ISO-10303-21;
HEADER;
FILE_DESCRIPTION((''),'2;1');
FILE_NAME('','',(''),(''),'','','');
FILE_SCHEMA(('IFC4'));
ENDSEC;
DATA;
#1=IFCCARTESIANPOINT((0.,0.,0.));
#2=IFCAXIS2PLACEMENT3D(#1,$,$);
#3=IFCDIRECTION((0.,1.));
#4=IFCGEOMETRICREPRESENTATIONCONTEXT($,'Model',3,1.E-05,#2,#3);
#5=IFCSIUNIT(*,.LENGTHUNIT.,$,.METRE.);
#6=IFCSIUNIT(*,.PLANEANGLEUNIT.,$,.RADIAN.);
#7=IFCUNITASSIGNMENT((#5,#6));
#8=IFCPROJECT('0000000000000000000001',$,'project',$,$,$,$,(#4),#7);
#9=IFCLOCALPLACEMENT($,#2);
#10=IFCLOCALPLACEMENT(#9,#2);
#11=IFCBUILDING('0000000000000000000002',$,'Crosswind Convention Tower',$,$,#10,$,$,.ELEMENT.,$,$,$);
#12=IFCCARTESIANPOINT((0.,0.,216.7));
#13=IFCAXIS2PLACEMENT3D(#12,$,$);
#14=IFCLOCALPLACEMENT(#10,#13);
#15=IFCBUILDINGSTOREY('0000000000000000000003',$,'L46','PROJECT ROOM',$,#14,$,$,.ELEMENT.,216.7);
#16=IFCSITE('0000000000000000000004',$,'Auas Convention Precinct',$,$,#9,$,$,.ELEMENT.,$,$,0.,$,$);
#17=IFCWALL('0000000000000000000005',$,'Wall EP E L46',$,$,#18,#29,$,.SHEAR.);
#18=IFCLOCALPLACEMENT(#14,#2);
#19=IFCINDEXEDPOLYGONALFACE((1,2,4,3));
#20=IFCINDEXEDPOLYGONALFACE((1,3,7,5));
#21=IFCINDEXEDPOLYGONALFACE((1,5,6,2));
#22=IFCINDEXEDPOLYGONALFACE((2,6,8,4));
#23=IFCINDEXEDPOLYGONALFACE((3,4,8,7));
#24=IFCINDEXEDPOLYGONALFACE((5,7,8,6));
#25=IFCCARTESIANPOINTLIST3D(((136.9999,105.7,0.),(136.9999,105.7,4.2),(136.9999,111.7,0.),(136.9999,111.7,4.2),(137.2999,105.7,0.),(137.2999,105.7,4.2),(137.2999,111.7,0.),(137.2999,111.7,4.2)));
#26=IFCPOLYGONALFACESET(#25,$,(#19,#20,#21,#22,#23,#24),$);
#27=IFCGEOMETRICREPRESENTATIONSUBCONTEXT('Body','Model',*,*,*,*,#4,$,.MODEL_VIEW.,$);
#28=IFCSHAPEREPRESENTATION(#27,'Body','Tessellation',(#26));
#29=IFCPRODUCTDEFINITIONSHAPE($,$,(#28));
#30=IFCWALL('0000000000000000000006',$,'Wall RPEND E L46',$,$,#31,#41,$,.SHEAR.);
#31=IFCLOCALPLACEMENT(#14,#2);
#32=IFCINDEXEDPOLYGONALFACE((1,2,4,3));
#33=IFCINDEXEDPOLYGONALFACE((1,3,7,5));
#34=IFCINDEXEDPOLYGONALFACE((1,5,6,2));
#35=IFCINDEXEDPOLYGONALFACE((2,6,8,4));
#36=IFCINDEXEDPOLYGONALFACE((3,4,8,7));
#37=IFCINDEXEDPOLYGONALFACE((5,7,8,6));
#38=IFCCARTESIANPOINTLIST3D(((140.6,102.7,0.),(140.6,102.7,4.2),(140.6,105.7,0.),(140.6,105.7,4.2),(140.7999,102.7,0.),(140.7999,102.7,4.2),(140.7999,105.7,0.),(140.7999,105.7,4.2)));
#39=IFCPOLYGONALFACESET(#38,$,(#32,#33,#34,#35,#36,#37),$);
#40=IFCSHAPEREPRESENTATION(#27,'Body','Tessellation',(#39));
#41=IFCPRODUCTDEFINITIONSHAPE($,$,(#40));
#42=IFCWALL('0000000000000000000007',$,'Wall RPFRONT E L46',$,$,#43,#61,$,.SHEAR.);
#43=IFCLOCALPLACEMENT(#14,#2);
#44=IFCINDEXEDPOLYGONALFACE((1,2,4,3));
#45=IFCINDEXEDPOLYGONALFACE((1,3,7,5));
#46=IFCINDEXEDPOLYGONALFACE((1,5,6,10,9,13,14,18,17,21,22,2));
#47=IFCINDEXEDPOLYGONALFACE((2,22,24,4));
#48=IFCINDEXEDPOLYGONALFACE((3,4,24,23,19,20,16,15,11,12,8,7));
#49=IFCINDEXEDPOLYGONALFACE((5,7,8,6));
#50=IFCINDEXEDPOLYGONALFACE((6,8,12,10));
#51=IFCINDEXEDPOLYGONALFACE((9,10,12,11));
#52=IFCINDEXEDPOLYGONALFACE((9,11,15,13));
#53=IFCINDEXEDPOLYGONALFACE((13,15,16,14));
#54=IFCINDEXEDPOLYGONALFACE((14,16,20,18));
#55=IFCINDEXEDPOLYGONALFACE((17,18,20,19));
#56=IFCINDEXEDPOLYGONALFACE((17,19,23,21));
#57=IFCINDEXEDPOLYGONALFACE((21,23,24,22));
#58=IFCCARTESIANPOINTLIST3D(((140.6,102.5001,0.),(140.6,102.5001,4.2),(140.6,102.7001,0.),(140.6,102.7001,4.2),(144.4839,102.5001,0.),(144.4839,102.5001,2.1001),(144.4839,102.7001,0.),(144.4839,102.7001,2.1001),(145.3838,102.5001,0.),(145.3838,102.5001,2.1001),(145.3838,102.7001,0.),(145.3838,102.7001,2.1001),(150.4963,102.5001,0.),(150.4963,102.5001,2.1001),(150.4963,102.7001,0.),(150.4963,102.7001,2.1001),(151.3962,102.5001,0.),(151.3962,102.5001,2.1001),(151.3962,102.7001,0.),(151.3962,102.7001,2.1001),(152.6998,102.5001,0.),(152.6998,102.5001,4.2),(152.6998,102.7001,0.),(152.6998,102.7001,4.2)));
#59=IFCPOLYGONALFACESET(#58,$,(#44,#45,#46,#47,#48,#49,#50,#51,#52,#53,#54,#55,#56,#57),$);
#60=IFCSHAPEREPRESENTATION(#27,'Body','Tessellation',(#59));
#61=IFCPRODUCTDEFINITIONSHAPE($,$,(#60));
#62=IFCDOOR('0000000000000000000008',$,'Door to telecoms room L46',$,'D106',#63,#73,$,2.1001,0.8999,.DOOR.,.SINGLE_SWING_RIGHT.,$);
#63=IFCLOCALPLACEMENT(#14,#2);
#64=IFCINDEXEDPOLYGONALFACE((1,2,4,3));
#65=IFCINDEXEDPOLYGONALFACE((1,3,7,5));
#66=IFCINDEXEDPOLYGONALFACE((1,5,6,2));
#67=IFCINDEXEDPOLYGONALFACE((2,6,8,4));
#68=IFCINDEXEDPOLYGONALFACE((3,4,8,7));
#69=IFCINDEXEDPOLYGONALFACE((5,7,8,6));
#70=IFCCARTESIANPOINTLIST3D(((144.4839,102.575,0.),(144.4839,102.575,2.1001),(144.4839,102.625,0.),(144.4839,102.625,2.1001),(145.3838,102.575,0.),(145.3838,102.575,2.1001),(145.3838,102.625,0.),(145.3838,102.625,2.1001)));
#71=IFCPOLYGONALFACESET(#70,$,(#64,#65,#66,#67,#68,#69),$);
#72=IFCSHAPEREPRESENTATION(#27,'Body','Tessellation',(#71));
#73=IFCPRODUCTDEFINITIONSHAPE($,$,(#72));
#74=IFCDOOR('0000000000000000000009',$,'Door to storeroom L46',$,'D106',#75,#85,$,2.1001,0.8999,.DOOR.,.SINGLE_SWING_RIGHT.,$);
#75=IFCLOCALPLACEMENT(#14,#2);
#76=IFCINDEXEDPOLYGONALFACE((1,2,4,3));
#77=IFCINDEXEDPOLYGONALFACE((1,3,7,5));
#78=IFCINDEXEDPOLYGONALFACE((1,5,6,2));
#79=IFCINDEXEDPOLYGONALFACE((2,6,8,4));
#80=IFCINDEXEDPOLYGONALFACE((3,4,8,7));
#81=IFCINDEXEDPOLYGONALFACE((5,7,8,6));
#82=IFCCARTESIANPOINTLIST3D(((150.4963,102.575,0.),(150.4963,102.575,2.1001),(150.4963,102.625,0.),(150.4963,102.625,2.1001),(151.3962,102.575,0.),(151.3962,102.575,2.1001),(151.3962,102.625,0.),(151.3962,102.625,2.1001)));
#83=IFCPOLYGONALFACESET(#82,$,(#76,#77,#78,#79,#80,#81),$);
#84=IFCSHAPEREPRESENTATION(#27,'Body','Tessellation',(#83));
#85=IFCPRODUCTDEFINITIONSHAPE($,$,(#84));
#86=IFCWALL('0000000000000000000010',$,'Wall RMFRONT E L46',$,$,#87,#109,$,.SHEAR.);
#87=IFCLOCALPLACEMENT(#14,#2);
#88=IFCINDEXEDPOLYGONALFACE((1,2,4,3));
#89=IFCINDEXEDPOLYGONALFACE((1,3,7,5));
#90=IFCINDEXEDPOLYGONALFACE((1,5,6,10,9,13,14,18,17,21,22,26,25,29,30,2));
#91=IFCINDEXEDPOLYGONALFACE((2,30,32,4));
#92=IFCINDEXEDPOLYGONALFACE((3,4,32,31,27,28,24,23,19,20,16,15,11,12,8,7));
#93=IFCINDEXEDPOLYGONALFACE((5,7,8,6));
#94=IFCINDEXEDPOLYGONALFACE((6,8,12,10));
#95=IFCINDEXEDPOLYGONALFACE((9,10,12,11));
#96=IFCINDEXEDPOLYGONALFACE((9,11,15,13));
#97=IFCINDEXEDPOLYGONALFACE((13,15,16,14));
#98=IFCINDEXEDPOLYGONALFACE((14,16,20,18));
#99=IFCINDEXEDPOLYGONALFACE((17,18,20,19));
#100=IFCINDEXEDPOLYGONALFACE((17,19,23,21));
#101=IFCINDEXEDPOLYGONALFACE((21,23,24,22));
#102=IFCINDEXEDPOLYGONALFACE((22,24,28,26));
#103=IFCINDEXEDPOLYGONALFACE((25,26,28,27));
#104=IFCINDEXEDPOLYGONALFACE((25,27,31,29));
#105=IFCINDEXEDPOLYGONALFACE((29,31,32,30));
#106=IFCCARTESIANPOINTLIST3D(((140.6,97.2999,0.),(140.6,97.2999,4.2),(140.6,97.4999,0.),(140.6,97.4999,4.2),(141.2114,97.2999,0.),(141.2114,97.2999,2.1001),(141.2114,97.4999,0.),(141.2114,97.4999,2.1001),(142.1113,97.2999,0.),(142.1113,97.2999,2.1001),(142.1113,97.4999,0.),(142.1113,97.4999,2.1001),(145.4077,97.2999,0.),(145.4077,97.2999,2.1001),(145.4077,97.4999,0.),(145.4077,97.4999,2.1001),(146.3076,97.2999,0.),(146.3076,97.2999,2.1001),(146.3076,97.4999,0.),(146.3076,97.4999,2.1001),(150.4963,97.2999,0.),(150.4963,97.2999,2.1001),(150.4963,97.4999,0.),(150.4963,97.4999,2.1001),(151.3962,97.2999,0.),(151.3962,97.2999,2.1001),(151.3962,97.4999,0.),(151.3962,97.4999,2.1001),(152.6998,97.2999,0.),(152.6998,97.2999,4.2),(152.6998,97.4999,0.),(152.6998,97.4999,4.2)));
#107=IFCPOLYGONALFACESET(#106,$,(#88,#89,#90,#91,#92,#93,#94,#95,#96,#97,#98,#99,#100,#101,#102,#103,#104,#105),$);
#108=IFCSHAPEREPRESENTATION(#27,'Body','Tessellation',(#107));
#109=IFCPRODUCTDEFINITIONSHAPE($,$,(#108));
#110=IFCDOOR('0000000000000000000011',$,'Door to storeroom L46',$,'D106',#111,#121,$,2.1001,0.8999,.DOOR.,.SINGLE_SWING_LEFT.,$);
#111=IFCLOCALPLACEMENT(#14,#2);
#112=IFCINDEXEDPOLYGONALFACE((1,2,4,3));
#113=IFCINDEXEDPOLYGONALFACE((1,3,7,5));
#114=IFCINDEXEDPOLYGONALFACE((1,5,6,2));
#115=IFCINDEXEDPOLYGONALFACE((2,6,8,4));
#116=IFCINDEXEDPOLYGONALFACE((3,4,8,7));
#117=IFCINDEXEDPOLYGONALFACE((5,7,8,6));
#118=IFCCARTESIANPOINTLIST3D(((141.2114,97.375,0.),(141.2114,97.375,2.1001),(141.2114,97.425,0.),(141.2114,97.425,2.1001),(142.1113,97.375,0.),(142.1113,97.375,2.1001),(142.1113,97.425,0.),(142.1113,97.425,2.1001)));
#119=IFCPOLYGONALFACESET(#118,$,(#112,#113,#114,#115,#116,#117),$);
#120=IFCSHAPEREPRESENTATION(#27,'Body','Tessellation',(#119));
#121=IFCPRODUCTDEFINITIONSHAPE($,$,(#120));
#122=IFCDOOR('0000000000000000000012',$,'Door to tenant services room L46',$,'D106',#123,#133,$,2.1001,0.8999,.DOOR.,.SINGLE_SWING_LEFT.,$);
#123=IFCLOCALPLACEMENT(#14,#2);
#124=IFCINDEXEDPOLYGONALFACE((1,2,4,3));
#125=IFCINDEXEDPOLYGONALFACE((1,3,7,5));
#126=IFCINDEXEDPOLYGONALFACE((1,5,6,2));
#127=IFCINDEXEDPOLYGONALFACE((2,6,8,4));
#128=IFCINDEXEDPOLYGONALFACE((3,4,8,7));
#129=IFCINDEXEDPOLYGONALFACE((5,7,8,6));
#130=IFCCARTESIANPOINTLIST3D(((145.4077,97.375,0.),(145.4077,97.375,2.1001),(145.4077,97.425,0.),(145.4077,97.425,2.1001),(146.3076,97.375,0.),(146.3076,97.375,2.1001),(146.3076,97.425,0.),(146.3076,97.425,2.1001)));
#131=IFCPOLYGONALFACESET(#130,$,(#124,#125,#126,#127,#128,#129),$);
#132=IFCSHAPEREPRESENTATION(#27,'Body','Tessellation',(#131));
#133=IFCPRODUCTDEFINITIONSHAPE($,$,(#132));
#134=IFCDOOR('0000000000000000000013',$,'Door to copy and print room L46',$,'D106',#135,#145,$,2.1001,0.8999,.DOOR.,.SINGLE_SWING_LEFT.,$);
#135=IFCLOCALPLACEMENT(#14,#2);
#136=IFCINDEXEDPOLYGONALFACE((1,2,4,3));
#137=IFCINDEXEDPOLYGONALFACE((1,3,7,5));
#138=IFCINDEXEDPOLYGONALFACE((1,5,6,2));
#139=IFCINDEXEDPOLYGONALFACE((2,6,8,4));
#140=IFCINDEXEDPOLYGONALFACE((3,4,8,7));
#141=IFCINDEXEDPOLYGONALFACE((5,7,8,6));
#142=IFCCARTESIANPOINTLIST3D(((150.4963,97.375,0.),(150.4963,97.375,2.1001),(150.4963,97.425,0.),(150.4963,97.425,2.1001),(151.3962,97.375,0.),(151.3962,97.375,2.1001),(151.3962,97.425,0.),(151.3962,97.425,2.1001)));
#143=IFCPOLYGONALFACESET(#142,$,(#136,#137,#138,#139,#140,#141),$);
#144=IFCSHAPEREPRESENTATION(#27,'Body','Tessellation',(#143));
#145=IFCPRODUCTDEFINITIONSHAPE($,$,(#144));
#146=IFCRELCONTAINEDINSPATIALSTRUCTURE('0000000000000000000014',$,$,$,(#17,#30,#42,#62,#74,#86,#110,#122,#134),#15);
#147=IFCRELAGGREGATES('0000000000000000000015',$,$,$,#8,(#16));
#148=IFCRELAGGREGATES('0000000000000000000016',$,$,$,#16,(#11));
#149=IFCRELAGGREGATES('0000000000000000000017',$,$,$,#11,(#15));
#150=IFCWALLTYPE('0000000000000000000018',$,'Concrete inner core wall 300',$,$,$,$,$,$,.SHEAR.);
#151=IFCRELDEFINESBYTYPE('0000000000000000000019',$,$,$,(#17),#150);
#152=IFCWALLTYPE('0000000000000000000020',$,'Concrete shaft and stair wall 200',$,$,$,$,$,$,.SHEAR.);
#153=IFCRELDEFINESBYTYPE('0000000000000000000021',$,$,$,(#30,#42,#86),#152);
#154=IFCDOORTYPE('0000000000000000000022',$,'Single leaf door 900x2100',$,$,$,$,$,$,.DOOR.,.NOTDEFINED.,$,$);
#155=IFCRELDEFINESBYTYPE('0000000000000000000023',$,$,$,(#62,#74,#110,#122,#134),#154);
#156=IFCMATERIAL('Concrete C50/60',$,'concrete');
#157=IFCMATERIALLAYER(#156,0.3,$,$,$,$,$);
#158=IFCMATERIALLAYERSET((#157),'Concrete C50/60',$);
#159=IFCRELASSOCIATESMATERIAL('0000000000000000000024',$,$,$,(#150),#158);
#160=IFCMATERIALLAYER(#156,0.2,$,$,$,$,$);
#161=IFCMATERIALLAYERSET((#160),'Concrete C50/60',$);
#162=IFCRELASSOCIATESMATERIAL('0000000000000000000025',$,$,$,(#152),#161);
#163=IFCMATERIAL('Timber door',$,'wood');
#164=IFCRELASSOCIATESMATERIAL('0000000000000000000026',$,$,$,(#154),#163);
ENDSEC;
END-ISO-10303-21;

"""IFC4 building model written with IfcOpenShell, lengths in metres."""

from ifc_helpers import new_model, si_unit, direction, frame, frame_2d, origin, place, context, subcontext, project, spatial, rectangle, extrude, material, layer, layer_set, type_object, element, fill, save


model = new_model("IFC4")

# Units and contexts
model_context = context("Model", 3, precision=1e-05, world=origin(), true_north=direction((0.0, 1.0)))
body_context = subcontext(model_context, "Body", "Model", "MODEL_VIEW")
ifc_project = project(units=[si_unit("LENGTHUNIT", "METRE"), si_unit("PLANEANGLEUNIT", "RADIAN")], contexts=[model_context])

# Site, building, storey
site_placement = place(None, origin())
site = spatial("IfcSite", under=ifc_project, at=site_placement, Name="Auas Convention Precinct", CompositionType="ELEMENT", RefElevation=0.0)
building_placement = place(site_placement, origin())
building = spatial("IfcBuilding", under=site, at=building_placement, Name="Crosswind Convention Tower", CompositionType="ELEMENT")
storey_placement = place(building_placement, frame((0.0, 0.0, 216.7)))
storey = spatial("IfcBuildingStorey", under=building, at=storey_placement, Name="L46", Description="PROJECT ROOM", CompositionType="ELEMENT", Elevation=216.7)

# Walls
ifc_material_1 = material(Name="Concrete C50/60", Category="concrete")
ifc_layer_1 = layer(ifc_material_1, 0.3)
ifc_layer_set_1 = layer_set([ifc_layer_1], Name="Concrete C50/60")
wall_type_1 = type_object("IfcWallType", Name="Concrete inner core wall 300", PredefinedType="SHEAR", material=ifc_layer_set_1)
wall_1_placement = place(storey_placement, frame((137.1499, 105.7, 0.0), z_axis=(0.0, 0.0, 1.0), x_axis=(0.0, 1.0, 0.0)))
element("IfcWall", 1, at=wall_1_placement, inside=storey, type_object=wall_type_1, Name="Wall EP E L46", PredefinedType="SHEAR", context=body_context, shape_type="SweptSolid", body=[
    extrude(rectangle(XDim=6.0, YDim=0.3, at=frame_2d((3.0, 0.0))), origin(), (0.0, 0.0, 1.0), 4.2),
])
ifc_layer_2 = layer(ifc_material_1, 0.2)
ifc_layer_set_2 = layer_set([ifc_layer_2], Name="Concrete C50/60")
wall_type_2 = type_object("IfcWallType", Name="Concrete shaft and stair wall 200", PredefinedType="SHEAR", material=ifc_layer_set_2)
wall_2_placement = place(storey_placement, frame((140.7, 102.7, 0.0), z_axis=(0.0, 0.0, 1.0), x_axis=(0.0, 1.0, 0.0)))
element("IfcWall", 2, at=wall_2_placement, inside=storey, type_object=wall_type_2, Name="Wall RPEND E L46", PredefinedType="SHEAR", context=body_context, shape_type="SweptSolid", body=[
    extrude(rectangle(XDim=3.0, YDim=0.2, at=frame_2d((1.5, 0.0))), origin(), (0.0, 0.0, 1.0), 4.2),
])

# Walls, openings, doors
wall_3_placement = place(storey_placement, frame((140.6001, 102.6001, 0.0), z_axis=(0.0, 0.0, 1.0), x_axis=(1.0, 0.0, 0.0)))
wall_3 = element("IfcWall", 3, at=wall_3_placement, inside=storey, type_object=wall_type_2, Name="Wall RPFRONT E L46", PredefinedType="SHEAR", context=body_context, shape_type="SweptSolid", body=[
    extrude(rectangle(XDim=12.0999, YDim=0.2, at=frame_2d((6.0498, 0.0))), origin(), (0.0, 0.0, 1.0), 4.2),
])
opening_1_placement = place(wall_3_placement, frame((3.8838, 0.0, 0.0)))
opening_1 = element("IfcOpeningElement", 4, at=opening_1_placement, cuts=wall_3, PredefinedType="OPENING", context=body_context, shape_type="SweptSolid", body=[
    extrude(rectangle(XDim=0.8999, YDim=2.1001, at=frame_2d((0.45, 1.05))), frame((0.0, 0.1099, 0.0), z_axis=(0.0, -1.0, 0.0), x_axis=(1.0, 0.0, 0.0)), (0.0, 0.0, 1.0), 0.22),
])
opening_2_placement = place(wall_3_placement, frame((9.8962, 0.0, 0.0)))
opening_2 = element("IfcOpeningElement", 5, at=opening_2_placement, cuts=wall_3, PredefinedType="OPENING", context=body_context, shape_type="SweptSolid", body=[
    extrude(rectangle(XDim=0.8999, YDim=2.1001, at=frame_2d((0.45, 1.05))), frame((0.0, 0.1099, 0.0), z_axis=(0.0, -1.0, 0.0), x_axis=(1.0, 0.0, 0.0)), (0.0, 0.0, 1.0), 0.22),
])
ifc_material_2 = material(Name="Timber door", Category="wood")
door_type_1 = type_object("IfcDoorType", Name="Single leaf door 900x2100", OperationType="NOTDEFINED", PredefinedType="DOOR", material=ifc_material_2)
door_1_placement = place(opening_1_placement, origin())
door_1 = element("IfcDoor", 6, at=door_1_placement, inside=storey, type_object=door_type_1, Name="Door to telecoms room L46", ObjectType="D106", OperationType="SINGLE_SWING_RIGHT", OverallHeight=2.1001, OverallWidth=0.8999, PredefinedType="DOOR", context=body_context, shape_type="SweptSolid", body=[
    extrude(rectangle(XDim=0.8999, YDim=2.1001, at=frame_2d((0.45, 1.05))), frame((0.0, 0.0249, 0.0), z_axis=(0.0, -1.0, 0.0), x_axis=(1.0, 0.0, 0.0)), (0.0, 0.0, 1.0), 0.05),
])
fill(opening_1, door_1)
door_2_placement = place(opening_2_placement, origin())
door_2 = element("IfcDoor", 7, at=door_2_placement, inside=storey, type_object=door_type_1, Name="Door to storeroom L46", ObjectType="D106", OperationType="SINGLE_SWING_RIGHT", OverallHeight=2.1001, OverallWidth=0.8999, PredefinedType="DOOR", context=body_context, shape_type="SweptSolid", body=[
    extrude(rectangle(XDim=0.8999, YDim=2.1001, at=frame_2d((0.45, 1.05))), frame((0.0, 0.0249, 0.0), z_axis=(0.0, -1.0, 0.0), x_axis=(1.0, 0.0, 0.0)), (0.0, 0.0, 1.0), 0.05),
])
fill(opening_2, door_2)
wall_4_placement = place(storey_placement, frame((140.6001, 97.3999, 0.0), z_axis=(0.0, 0.0, 1.0), x_axis=(1.0, 0.0, 0.0)))
wall_4 = element("IfcWall", 8, at=wall_4_placement, inside=storey, type_object=wall_type_2, Name="Wall RMFRONT E L46", PredefinedType="SHEAR", context=body_context, shape_type="SweptSolid", body=[
    extrude(rectangle(XDim=12.0999, YDim=0.2, at=frame_2d((6.0498, 0.0))), origin(), (0.0, 0.0, 1.0), 4.2),
])
opening_3_placement = place(wall_4_placement, frame((0.6113, 0.0, 0.0)))
opening_3 = element("IfcOpeningElement", 9, at=opening_3_placement, cuts=wall_4, PredefinedType="OPENING", context=body_context, shape_type="SweptSolid", body=[
    extrude(rectangle(XDim=0.8999, YDim=2.1001, at=frame_2d((0.45, 1.05))), frame((0.0, 0.1099, 0.0), z_axis=(0.0, -1.0, 0.0), x_axis=(1.0, 0.0, 0.0)), (0.0, 0.0, 1.0), 0.22),
])
opening_4_placement = place(wall_4_placement, frame((4.8076, 0.0, 0.0)))
opening_4 = element("IfcOpeningElement", 10, at=opening_4_placement, cuts=wall_4, PredefinedType="OPENING", context=body_context, shape_type="SweptSolid", body=[
    extrude(rectangle(XDim=0.8999, YDim=2.1001, at=frame_2d((0.45, 1.05))), frame((0.0, 0.1099, 0.0), z_axis=(0.0, -1.0, 0.0), x_axis=(1.0, 0.0, 0.0)), (0.0, 0.0, 1.0), 0.22),
])
opening_5_placement = place(wall_4_placement, frame((9.8962, 0.0, 0.0)))
opening_5 = element("IfcOpeningElement", 11, at=opening_5_placement, cuts=wall_4, PredefinedType="OPENING", context=body_context, shape_type="SweptSolid", body=[
    extrude(rectangle(XDim=0.8999, YDim=2.1001, at=frame_2d((0.45, 1.05))), frame((0.0, 0.1099, 0.0), z_axis=(0.0, -1.0, 0.0), x_axis=(1.0, 0.0, 0.0)), (0.0, 0.0, 1.0), 0.22),
])
door_3_placement = place(opening_3_placement, frame((0.8999, 0.0, 0.0), z_axis=(0.0, 0.0, 1.0), x_axis=(-1.0, 0.0, 0.0)))
door_3 = element("IfcDoor", 12, at=door_3_placement, inside=storey, type_object=door_type_1, Name="Door to storeroom L46", ObjectType="D106", OperationType="SINGLE_SWING_LEFT", OverallHeight=2.1001, OverallWidth=0.8999, PredefinedType="DOOR", context=body_context, shape_type="SweptSolid", body=[
    extrude(rectangle(XDim=0.8999, YDim=2.1001, at=frame_2d((0.45, 1.05))), frame((0.0, 0.0249, 0.0), z_axis=(0.0, -1.0, 0.0), x_axis=(1.0, 0.0, 0.0)), (0.0, 0.0, 1.0), 0.05),
])
fill(opening_3, door_3)
door_4_placement = place(opening_4_placement, frame((0.8999, 0.0, 0.0), z_axis=(0.0, 0.0, 1.0), x_axis=(-1.0, 0.0, 0.0)))
door_4 = element("IfcDoor", 13, at=door_4_placement, inside=storey, type_object=door_type_1, Name="Door to tenant services room L46", ObjectType="D106", OperationType="SINGLE_SWING_LEFT", OverallHeight=2.1001, OverallWidth=0.8999, PredefinedType="DOOR", context=body_context, shape_type="SweptSolid", body=[
    extrude(rectangle(XDim=0.8999, YDim=2.1001, at=frame_2d((0.45, 1.05))), frame((0.0, 0.0249, 0.0), z_axis=(0.0, -1.0, 0.0), x_axis=(1.0, 0.0, 0.0)), (0.0, 0.0, 1.0), 0.05),
])
fill(opening_4, door_4)
door_5_placement = place(opening_5_placement, frame((0.8999, 0.0, 0.0), z_axis=(0.0, 0.0, 1.0), x_axis=(-1.0, 0.0, 0.0)))
door_5 = element("IfcDoor", 14, at=door_5_placement, inside=storey, type_object=door_type_1, Name="Door to copy and print room L46", ObjectType="D106", OperationType="SINGLE_SWING_LEFT", OverallHeight=2.1001, OverallWidth=0.8999, PredefinedType="DOOR", context=body_context, shape_type="SweptSolid", body=[
    extrude(rectangle(XDim=0.8999, YDim=2.1001, at=frame_2d((0.45, 1.05))), frame((0.0, 0.0249, 0.0), z_axis=(0.0, -1.0, 0.0), x_axis=(1.0, 0.0, 0.0)), (0.0, 0.0, 1.0), 0.05),
])
fill(opening_5, door_5)

save(model, "model.ifc")
